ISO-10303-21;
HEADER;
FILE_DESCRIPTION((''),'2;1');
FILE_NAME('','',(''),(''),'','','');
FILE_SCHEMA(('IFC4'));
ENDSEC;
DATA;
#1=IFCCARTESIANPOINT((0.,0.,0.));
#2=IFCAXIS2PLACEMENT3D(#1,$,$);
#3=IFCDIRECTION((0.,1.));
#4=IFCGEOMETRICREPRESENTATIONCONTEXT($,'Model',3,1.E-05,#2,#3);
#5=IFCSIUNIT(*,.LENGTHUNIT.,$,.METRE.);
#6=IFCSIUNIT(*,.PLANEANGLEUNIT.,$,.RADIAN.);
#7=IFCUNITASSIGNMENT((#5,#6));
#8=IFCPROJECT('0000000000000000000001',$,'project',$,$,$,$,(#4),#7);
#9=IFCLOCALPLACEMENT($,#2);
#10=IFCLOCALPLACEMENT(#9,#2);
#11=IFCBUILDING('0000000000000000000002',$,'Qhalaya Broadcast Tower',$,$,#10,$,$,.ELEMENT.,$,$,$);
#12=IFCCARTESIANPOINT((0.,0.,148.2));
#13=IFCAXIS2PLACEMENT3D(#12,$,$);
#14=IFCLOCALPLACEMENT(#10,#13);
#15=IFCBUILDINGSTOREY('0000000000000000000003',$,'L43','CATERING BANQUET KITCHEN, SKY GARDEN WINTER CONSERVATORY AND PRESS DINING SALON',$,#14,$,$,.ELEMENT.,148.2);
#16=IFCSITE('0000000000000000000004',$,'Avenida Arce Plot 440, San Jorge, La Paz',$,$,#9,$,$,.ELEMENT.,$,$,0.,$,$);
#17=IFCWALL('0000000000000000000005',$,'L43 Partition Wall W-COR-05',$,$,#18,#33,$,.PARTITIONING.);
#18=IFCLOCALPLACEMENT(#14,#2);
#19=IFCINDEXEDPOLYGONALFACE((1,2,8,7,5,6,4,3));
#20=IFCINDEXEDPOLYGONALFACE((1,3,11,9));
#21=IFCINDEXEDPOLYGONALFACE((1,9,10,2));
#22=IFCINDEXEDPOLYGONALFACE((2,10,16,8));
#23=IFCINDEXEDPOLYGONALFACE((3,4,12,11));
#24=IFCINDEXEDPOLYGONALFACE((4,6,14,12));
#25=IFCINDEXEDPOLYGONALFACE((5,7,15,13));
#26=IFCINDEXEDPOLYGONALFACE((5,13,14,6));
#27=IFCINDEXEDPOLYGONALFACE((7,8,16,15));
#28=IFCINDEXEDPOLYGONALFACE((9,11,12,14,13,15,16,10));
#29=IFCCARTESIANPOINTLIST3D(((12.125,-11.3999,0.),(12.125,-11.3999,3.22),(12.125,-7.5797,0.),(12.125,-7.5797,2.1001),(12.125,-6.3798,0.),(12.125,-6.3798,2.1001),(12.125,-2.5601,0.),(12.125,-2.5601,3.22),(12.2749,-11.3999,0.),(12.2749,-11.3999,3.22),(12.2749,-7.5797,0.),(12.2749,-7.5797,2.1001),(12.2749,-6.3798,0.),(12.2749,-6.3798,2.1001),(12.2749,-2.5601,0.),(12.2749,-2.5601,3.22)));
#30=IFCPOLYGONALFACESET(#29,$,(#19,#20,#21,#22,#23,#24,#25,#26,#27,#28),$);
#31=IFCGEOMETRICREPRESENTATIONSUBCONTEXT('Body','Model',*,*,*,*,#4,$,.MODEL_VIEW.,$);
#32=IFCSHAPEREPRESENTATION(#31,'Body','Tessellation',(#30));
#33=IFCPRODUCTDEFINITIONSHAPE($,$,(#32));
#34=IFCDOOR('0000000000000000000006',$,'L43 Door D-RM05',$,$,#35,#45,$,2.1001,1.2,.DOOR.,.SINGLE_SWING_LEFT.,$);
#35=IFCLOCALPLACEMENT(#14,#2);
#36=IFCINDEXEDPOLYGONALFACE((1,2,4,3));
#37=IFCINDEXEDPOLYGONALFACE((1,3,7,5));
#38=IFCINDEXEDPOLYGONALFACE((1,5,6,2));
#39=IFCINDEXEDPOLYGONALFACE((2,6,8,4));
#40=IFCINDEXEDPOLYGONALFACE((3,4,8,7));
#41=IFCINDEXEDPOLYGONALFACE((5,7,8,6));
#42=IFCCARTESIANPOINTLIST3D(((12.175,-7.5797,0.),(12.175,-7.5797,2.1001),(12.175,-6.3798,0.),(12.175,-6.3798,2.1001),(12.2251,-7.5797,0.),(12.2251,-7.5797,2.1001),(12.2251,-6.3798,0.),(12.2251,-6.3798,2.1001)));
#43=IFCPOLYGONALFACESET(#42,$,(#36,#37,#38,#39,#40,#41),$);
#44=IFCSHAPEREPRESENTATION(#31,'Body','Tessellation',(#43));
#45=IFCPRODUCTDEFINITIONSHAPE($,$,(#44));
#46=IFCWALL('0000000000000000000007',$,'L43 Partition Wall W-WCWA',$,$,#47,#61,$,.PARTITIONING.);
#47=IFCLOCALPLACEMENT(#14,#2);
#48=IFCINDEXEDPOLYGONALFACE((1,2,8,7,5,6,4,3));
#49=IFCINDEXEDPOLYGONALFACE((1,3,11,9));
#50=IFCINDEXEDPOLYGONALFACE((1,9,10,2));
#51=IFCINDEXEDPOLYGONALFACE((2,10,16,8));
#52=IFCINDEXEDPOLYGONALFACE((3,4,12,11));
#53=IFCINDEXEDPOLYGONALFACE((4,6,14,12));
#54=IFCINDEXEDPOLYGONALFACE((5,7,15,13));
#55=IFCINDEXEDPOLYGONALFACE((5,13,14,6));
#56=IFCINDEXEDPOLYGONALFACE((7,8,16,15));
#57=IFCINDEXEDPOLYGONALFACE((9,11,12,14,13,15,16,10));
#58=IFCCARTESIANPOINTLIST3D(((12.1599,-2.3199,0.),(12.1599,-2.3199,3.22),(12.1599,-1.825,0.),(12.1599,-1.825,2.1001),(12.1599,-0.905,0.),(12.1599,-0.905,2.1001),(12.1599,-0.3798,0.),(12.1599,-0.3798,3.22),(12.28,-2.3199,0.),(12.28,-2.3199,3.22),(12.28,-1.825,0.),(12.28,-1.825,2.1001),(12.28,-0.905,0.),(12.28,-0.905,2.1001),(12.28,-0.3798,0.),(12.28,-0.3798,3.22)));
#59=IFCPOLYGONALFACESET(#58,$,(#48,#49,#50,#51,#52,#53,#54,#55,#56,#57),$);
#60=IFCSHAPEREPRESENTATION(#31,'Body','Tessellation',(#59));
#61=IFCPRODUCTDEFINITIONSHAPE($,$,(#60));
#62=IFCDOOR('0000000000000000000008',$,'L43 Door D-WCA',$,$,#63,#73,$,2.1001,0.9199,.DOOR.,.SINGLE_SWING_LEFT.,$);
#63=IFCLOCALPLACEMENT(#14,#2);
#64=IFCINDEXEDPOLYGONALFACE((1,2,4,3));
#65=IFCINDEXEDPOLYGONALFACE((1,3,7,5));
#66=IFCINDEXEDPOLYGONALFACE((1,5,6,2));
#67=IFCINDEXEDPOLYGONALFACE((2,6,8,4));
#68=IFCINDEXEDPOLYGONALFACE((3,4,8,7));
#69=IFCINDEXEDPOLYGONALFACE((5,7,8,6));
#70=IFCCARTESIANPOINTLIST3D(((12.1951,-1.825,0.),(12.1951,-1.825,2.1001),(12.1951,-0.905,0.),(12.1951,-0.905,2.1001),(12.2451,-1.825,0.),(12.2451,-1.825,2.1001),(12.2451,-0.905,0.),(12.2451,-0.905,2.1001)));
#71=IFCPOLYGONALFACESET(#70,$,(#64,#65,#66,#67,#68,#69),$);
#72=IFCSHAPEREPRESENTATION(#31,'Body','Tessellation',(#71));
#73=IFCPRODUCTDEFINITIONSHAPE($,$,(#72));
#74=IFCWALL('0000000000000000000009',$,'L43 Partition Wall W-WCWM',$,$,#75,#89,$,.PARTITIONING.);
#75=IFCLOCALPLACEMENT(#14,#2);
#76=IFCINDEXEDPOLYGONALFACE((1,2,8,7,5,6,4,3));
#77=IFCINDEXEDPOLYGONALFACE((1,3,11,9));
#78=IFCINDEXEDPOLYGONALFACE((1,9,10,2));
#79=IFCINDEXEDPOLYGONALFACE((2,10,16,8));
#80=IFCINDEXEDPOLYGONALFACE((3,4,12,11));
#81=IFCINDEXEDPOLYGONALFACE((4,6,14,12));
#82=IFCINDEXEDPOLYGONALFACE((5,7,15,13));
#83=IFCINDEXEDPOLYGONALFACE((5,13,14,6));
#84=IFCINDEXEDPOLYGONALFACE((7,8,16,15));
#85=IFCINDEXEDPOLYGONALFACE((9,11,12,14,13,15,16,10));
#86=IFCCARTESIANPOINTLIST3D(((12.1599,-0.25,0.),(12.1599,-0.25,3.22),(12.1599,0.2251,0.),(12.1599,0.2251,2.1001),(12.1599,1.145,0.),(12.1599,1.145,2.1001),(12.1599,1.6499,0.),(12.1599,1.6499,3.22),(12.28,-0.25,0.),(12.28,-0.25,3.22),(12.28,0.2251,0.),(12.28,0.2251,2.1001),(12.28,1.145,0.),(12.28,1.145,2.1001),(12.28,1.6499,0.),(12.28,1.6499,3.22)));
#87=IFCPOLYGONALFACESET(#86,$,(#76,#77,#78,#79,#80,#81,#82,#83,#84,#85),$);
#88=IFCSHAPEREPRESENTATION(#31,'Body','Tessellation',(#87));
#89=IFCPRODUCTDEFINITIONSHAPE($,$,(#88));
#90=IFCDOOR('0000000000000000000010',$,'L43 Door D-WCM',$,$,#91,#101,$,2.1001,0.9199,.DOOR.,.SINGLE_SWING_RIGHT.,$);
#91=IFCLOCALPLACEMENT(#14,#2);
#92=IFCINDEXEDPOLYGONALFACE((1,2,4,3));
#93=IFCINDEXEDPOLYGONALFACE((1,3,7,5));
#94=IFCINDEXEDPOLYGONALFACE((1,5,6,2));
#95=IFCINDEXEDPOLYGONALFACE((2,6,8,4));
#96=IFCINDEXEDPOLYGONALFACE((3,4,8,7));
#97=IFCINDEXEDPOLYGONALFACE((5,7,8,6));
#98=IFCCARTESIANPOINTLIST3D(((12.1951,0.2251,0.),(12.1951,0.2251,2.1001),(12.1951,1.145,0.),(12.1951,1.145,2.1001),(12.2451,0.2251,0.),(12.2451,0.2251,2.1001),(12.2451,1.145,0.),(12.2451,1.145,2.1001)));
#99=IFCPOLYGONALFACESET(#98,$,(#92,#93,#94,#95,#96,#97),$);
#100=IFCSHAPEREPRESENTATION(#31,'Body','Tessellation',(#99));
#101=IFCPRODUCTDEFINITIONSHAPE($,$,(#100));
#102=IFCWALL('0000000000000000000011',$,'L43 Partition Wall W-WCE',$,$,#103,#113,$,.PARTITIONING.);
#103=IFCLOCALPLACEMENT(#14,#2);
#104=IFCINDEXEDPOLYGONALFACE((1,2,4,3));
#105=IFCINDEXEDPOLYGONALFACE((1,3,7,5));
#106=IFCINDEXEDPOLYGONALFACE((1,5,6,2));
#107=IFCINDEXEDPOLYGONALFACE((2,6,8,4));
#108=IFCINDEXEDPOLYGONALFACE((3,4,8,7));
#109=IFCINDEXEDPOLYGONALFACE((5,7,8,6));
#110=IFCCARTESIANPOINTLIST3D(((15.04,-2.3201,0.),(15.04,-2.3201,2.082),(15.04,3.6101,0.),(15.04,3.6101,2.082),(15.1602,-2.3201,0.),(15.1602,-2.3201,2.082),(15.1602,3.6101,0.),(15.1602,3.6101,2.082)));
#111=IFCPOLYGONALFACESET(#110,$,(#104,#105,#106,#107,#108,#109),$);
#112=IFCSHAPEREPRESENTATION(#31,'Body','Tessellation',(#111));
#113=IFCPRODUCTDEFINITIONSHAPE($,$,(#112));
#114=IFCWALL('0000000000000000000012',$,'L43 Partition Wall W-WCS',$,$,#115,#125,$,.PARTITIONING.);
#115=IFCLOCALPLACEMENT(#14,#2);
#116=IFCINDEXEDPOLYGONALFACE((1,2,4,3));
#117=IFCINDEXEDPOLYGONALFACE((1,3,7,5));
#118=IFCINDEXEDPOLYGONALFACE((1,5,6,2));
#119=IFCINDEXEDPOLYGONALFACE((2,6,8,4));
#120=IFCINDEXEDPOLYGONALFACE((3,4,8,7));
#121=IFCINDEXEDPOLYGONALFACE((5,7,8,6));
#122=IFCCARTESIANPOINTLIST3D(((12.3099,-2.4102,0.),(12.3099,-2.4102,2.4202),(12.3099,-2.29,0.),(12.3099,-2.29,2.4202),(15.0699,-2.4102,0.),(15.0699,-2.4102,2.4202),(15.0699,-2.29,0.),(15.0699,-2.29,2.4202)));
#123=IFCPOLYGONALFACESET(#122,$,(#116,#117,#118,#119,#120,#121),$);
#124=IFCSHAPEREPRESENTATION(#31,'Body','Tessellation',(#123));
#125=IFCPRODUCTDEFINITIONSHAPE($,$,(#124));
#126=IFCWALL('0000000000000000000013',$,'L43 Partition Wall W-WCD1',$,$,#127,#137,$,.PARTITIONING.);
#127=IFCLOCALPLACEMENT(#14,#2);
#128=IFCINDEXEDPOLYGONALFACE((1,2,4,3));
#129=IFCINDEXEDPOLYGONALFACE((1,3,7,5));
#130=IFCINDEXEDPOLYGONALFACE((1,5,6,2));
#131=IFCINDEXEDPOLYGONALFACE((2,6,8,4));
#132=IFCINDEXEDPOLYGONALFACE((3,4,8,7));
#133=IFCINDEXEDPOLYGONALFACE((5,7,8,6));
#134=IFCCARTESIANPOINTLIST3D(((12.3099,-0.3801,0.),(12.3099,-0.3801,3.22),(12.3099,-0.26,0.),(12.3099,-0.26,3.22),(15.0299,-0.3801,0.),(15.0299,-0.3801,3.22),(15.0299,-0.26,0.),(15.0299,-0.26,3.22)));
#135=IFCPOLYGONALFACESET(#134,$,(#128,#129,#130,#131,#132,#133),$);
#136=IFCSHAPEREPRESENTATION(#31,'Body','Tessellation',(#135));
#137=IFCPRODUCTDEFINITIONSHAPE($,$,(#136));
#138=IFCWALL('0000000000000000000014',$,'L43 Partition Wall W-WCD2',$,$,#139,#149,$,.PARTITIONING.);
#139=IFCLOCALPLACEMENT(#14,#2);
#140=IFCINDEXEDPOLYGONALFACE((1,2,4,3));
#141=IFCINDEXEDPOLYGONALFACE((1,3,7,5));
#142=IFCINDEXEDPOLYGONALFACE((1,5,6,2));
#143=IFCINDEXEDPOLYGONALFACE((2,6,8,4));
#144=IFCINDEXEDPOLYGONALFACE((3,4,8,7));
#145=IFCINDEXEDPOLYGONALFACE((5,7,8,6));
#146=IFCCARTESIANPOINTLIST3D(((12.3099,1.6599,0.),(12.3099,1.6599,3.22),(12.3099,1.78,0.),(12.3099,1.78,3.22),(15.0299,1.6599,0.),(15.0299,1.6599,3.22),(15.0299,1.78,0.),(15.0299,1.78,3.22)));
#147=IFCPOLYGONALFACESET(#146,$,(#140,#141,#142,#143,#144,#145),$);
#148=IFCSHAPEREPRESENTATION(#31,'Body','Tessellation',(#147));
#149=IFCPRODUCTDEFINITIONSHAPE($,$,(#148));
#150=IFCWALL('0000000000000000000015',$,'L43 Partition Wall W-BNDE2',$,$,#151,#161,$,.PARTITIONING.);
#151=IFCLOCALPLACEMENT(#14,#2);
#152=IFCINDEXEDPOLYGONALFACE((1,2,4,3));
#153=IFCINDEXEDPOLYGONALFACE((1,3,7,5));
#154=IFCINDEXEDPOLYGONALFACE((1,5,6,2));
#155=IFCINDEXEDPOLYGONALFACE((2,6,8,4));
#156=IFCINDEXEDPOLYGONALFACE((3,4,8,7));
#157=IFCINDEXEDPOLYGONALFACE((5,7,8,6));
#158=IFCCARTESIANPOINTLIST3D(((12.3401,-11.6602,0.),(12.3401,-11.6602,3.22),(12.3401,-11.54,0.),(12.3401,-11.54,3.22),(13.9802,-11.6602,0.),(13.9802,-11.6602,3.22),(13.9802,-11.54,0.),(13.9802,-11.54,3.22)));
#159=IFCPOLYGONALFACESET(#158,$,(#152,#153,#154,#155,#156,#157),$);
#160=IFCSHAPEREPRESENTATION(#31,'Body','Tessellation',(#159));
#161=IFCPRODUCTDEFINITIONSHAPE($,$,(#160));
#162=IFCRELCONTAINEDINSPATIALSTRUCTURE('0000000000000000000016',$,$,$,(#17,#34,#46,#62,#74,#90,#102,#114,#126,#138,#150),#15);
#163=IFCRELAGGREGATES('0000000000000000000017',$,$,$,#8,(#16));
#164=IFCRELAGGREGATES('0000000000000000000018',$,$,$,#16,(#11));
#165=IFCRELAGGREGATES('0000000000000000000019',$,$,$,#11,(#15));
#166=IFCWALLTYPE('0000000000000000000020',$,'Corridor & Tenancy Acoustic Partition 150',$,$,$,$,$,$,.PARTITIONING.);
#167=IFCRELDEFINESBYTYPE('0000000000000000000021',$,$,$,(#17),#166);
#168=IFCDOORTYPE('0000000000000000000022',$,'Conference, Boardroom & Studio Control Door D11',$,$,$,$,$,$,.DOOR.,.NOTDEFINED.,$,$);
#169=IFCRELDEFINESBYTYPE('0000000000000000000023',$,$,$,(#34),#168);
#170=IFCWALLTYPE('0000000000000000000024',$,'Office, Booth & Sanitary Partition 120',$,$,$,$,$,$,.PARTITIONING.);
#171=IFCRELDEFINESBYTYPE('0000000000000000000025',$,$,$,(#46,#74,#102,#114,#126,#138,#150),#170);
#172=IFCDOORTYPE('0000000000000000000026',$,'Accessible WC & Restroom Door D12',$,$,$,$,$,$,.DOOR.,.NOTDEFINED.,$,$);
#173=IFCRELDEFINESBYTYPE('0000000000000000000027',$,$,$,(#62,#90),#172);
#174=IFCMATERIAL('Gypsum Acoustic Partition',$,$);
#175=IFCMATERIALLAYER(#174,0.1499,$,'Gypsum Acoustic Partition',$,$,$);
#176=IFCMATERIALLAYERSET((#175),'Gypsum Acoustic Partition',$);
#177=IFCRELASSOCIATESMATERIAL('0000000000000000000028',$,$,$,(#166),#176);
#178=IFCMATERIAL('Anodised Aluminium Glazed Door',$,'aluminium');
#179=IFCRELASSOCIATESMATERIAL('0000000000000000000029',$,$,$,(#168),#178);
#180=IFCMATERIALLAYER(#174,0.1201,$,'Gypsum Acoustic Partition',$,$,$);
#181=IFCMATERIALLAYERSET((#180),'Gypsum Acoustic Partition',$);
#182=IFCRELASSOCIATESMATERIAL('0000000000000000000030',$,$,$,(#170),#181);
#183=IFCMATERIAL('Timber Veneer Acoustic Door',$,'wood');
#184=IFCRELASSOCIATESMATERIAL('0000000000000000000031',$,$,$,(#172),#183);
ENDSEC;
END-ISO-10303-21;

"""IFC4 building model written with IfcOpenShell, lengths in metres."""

from ifc_helpers import new_model, si_unit, direction, frame, frame_2d, origin, place, context, subcontext, project, spatial, rectangle, extrude, material, layer, layer_set, type_object, element, fill, save


model = new_model("IFC4")

# Units and contexts
model_context = context("Model", 3, precision=1e-05, world=origin(), true_north=direction((0.0, 1.0)))
body_context = subcontext(model_context, "Body", "Model", "MODEL_VIEW")
ifc_project = project(units=[si_unit("LENGTHUNIT", "METRE"), si_unit("PLANEANGLEUNIT", "RADIAN")], contexts=[model_context])

# Site, building, storey
site_placement = place(None, origin())
site = spatial("IfcSite", under=ifc_project, at=site_placement, Name="Avenida Arce Plot 440, San Jorge, La Paz", CompositionType="ELEMENT", RefElevation=0.0)
building_placement = place(site_placement, origin())
building = spatial("IfcBuilding", under=site, at=building_placement, Name="Qhalaya Broadcast Tower", CompositionType="ELEMENT")
storey_placement = place(building_placement, frame((0.0, 0.0, 148.2)))
storey = spatial("IfcBuildingStorey", under=building, at=storey_placement, Name="L43", Description="CATERING BANQUET KITCHEN, SKY GARDEN WINTER CONSERVATORY AND PRESS DINING SALON", CompositionType="ELEMENT", Elevation=148.2)

# Walls, openings, doors
ifc_material_1 = material(Name="Gypsum Acoustic Partition")
ifc_layer_1 = layer(ifc_material_1, 0.1499, Name="Gypsum Acoustic Partition")
ifc_layer_set_1 = layer_set([ifc_layer_1], Name="Gypsum Acoustic Partition")
wall_type_1 = type_object("IfcWallType", Name="Corridor & Tenancy Acoustic Partition 150", PredefinedType="PARTITIONING", material=ifc_layer_set_1)
ifc_material_2 = material(Name="Timber Veneer Acoustic Door", Category="wood")
wall_1_placement = place(storey_placement, frame((12.2, -11.3999, 0.0), z_axis=(0.0, 0.0, 1.0), x_axis=(0.0, 1.0, 0.0)))
wall_1 = element("IfcWall", 1, at=wall_1_placement, inside=storey, type_object=wall_type_1, Name="L43 Partition Wall W-COR-05", PredefinedType="PARTITIONING", context=body_context, shape_type="SweptSolid", body=[
    extrude(rectangle(XDim=8.8398, YDim=0.1499, at=frame_2d((4.4199, 0.0))), origin(), (0.0, 0.0, 1.0), 3.22),
])
opening_1_placement = place(wall_1_placement, frame((3.8201, 0.0, 0.0)))
opening_1 = element("IfcOpeningElement", 2, at=opening_1_placement, cuts=wall_1, PredefinedType="OPENING", context=body_context, shape_type="SweptSolid", body=[
    extrude(rectangle(XDim=1.2, YDim=2.1001, at=frame_2d((0.6001, 1.05))), frame((0.0, 0.0869, 0.0), z_axis=(0.0, -1.0, 0.0), x_axis=(1.0, 0.0, 0.0)), (0.0, 0.0, 1.0), 0.1738),
])
ifc_material_3 = material(Name="Anodised Aluminium Glazed Door", Category="aluminium")
door_type_1 = type_object("IfcDoorType", Name="Conference, Boardroom & Studio Control Door D11", OperationType="NOTDEFINED", PredefinedType="DOOR", material=ifc_material_3)
door_1_placement = place(opening_1_placement, origin())
door_1 = element("IfcDoor", 3, at=door_1_placement, inside=storey, type_object=door_type_1, Name="L43 Door D-RM05", OperationType="SINGLE_SWING_LEFT", OverallHeight=2.1001, OverallWidth=1.2, PredefinedType="DOOR", context=body_context, shape_type="SweptSolid", body=[
    extrude(rectangle(XDim=1.2, YDim=2.1001, at=frame_2d((0.6001, 1.05))), frame((0.0, 0.0249, 0.0), z_axis=(0.0, -1.0, 0.0), x_axis=(1.0, 0.0, 0.0)), (0.0, 0.0, 1.0), 0.05),
])
fill(opening_1, door_1)
ifc_layer_2 = layer(ifc_material_1, 0.1201, Name="Gypsum Acoustic Partition")
ifc_layer_set_2 = layer_set([ifc_layer_2], Name="Gypsum Acoustic Partition")
wall_type_2 = type_object("IfcWallType", Name="Office, Booth & Sanitary Partition 120", PredefinedType="PARTITIONING", material=ifc_layer_set_2)
wall_2_placement = place(storey_placement, frame((12.22, -2.3201, 0.0), z_axis=(0.0, 0.0, 1.0), x_axis=(0.0, 1.0, 0.0)))
wall_2 = element("IfcWall", 4, at=wall_2_placement, inside=storey, type_object=wall_type_2, Name="L43 Partition Wall W-WCWA", PredefinedType="PARTITIONING", context=body_context, shape_type="SweptSolid", body=[
    extrude(rectangle(XDim=1.9402, YDim=0.1201, at=frame_2d((0.9702, 0.0))), origin(), (0.0, 0.0, 1.0), 3.22),
])
opening_2_placement = place(wall_2_placement, frame((0.4951, 0.0, 0.0)))
opening_2 = element("IfcOpeningElement", 5, at=opening_2_placement, cuts=wall_2, PredefinedType="OPENING", context=body_context, shape_type="SweptSolid", body=[
    extrude(rectangle(XDim=0.9199, YDim=2.1001, at=frame_2d((0.46, 1.05))), frame((0.0, 0.072, 0.0), z_axis=(0.0, -1.0, 0.0), x_axis=(1.0, 0.0, 0.0)), (0.0, 0.0, 1.0), 0.144),
])
door_type_2 = type_object("IfcDoorType", Name="Accessible WC & Restroom Door D12", OperationType="NOTDEFINED", PredefinedType="DOOR", material=ifc_material_2)
door_2_placement = place(opening_2_placement, origin())
door_2 = element("IfcDoor", 6, at=door_2_placement, inside=storey, type_object=door_type_2, Name="L43 Door D-WCA", OperationType="SINGLE_SWING_LEFT", OverallHeight=2.1001, OverallWidth=0.9199, PredefinedType="DOOR", context=body_context, shape_type="SweptSolid", body=[
    extrude(rectangle(XDim=0.9199, YDim=2.1001, at=frame_2d((0.46, 1.05))), frame((0.0, 0.0249, 0.0), z_axis=(0.0, -1.0, 0.0), x_axis=(1.0, 0.0, 0.0)), (0.0, 0.0, 1.0), 0.05),
])
fill(opening_2, door_2)
wall_3_placement = place(storey_placement, frame((12.22, -0.25, 0.0), z_axis=(0.0, 0.0, 1.0), x_axis=(0.0, 1.0, 0.0)))
wall_3 = element("IfcWall", 7, at=wall_3_placement, inside=storey, type_object=wall_type_2, Name="L43 Partition Wall W-WCWM", PredefinedType="PARTITIONING", context=body_context, shape_type="SweptSolid", body=[
    extrude(rectangle(XDim=1.8999, YDim=0.1201, at=frame_2d((0.95, 0.0))), origin(), (0.0, 0.0, 1.0), 3.22),
])
opening_3_placement = place(wall_3_placement, frame((0.4751, 0.0, 0.0)))
opening_3 = element("IfcOpeningElement", 8, at=opening_3_placement, cuts=wall_3, PredefinedType="OPENING", context=body_context, shape_type="SweptSolid", body=[
    extrude(rectangle(XDim=0.9199, YDim=2.1001, at=frame_2d((0.46, 1.05))), frame((0.0, 0.072, 0.0), z_axis=(0.0, -1.0, 0.0), x_axis=(1.0, 0.0, 0.0)), (0.0, 0.0, 1.0), 0.144),
])
door_3_placement = place(opening_3_placement, origin())
door_3 = element("IfcDoor", 9, at=door_3_placement, inside=storey, type_object=door_type_2, Name="L43 Door D-WCM", OperationType="SINGLE_SWING_RIGHT", OverallHeight=2.1001, OverallWidth=0.9199, PredefinedType="DOOR", context=body_context, shape_type="SweptSolid", body=[
    extrude(rectangle(XDim=0.9199, YDim=2.1001, at=frame_2d((0.46, 1.05))), frame((0.0, 0.0249, 0.0), z_axis=(0.0, -1.0, 0.0), x_axis=(1.0, 0.0, 0.0)), (0.0, 0.0, 1.0), 0.05),
])
fill(opening_3, door_3)

# Walls
wall_4_placement = place(storey_placement, frame((15.1001, -2.3201, 0.0), z_axis=(0.0, 0.0, 1.0), x_axis=(0.0, 1.0, 0.0)))
element("IfcWall", 10, at=wall_4_placement, inside=storey, type_object=wall_type_2, Name="L43 Partition Wall W-WCE", PredefinedType="PARTITIONING", context=body_context, shape_type="SweptSolid", body=[
    extrude(rectangle(XDim=5.9302, YDim=0.1201, at=frame_2d((2.9651, 0.0))), origin(), (0.0, 0.0, 1.0), 2.082),
])
wall_5_placement = place(storey_placement, frame((12.3101, -2.3501, 0.0), z_axis=(0.0, 0.0, 1.0), x_axis=(1.0, 0.0, 0.0)))
element("IfcWall", 11, at=wall_5_placement, inside=storey, type_object=wall_type_2, Name="L43 Partition Wall W-WCS", PredefinedType="PARTITIONING", context=body_context, shape_type="SweptSolid", body=[
    extrude(rectangle(XDim=2.76, YDim=0.1201, at=frame_2d((1.3799, 0.0))), origin(), (0.0, 0.0, 1.0), 2.4202),
])
for number, where, z_axis, x_axis, name in (
    (12, (12.3101, -0.3201, 0.0), (0.0, 0.0, 1.0), (1.0, 0.0, 0.0), "L43 Partition Wall W-WCD1"),
    (13, (12.3101, 1.72, 0.0), (0.0, 0.0, 1.0), (1.0, 0.0, 0.0), "L43 Partition Wall W-WCD2"),
):
    element("IfcWall", number, at=place(storey_placement, frame(where, z_axis=z_axis, x_axis=x_axis)), inside=storey, type_object=wall_type_2, Name=name, PredefinedType="PARTITIONING", context=body_context, shape_type="SweptSolid", body=[
        extrude(rectangle(XDim=2.72, YDim=0.1201, at=frame_2d((1.3599, 0.0))), origin(), (0.0, 0.0, 1.0), 3.22),
    ])
wall_6_placement = place(storey_placement, frame((12.3401, -11.6001, 0.0), z_axis=(0.0, 0.0, 1.0), x_axis=(1.0, 0.0, 0.0)))
element("IfcWall", 14, at=wall_6_placement, inside=storey, type_object=wall_type_2, Name="L43 Partition Wall W-BNDE2", PredefinedType="PARTITIONING", context=body_context, shape_type="SweptSolid", body=[
    extrude(rectangle(XDim=1.6401, YDim=0.1201, at=frame_2d((0.8201, 0.0))), origin(), (0.0, 0.0, 1.0), 3.22),
])

save(model, "model.ifc")
